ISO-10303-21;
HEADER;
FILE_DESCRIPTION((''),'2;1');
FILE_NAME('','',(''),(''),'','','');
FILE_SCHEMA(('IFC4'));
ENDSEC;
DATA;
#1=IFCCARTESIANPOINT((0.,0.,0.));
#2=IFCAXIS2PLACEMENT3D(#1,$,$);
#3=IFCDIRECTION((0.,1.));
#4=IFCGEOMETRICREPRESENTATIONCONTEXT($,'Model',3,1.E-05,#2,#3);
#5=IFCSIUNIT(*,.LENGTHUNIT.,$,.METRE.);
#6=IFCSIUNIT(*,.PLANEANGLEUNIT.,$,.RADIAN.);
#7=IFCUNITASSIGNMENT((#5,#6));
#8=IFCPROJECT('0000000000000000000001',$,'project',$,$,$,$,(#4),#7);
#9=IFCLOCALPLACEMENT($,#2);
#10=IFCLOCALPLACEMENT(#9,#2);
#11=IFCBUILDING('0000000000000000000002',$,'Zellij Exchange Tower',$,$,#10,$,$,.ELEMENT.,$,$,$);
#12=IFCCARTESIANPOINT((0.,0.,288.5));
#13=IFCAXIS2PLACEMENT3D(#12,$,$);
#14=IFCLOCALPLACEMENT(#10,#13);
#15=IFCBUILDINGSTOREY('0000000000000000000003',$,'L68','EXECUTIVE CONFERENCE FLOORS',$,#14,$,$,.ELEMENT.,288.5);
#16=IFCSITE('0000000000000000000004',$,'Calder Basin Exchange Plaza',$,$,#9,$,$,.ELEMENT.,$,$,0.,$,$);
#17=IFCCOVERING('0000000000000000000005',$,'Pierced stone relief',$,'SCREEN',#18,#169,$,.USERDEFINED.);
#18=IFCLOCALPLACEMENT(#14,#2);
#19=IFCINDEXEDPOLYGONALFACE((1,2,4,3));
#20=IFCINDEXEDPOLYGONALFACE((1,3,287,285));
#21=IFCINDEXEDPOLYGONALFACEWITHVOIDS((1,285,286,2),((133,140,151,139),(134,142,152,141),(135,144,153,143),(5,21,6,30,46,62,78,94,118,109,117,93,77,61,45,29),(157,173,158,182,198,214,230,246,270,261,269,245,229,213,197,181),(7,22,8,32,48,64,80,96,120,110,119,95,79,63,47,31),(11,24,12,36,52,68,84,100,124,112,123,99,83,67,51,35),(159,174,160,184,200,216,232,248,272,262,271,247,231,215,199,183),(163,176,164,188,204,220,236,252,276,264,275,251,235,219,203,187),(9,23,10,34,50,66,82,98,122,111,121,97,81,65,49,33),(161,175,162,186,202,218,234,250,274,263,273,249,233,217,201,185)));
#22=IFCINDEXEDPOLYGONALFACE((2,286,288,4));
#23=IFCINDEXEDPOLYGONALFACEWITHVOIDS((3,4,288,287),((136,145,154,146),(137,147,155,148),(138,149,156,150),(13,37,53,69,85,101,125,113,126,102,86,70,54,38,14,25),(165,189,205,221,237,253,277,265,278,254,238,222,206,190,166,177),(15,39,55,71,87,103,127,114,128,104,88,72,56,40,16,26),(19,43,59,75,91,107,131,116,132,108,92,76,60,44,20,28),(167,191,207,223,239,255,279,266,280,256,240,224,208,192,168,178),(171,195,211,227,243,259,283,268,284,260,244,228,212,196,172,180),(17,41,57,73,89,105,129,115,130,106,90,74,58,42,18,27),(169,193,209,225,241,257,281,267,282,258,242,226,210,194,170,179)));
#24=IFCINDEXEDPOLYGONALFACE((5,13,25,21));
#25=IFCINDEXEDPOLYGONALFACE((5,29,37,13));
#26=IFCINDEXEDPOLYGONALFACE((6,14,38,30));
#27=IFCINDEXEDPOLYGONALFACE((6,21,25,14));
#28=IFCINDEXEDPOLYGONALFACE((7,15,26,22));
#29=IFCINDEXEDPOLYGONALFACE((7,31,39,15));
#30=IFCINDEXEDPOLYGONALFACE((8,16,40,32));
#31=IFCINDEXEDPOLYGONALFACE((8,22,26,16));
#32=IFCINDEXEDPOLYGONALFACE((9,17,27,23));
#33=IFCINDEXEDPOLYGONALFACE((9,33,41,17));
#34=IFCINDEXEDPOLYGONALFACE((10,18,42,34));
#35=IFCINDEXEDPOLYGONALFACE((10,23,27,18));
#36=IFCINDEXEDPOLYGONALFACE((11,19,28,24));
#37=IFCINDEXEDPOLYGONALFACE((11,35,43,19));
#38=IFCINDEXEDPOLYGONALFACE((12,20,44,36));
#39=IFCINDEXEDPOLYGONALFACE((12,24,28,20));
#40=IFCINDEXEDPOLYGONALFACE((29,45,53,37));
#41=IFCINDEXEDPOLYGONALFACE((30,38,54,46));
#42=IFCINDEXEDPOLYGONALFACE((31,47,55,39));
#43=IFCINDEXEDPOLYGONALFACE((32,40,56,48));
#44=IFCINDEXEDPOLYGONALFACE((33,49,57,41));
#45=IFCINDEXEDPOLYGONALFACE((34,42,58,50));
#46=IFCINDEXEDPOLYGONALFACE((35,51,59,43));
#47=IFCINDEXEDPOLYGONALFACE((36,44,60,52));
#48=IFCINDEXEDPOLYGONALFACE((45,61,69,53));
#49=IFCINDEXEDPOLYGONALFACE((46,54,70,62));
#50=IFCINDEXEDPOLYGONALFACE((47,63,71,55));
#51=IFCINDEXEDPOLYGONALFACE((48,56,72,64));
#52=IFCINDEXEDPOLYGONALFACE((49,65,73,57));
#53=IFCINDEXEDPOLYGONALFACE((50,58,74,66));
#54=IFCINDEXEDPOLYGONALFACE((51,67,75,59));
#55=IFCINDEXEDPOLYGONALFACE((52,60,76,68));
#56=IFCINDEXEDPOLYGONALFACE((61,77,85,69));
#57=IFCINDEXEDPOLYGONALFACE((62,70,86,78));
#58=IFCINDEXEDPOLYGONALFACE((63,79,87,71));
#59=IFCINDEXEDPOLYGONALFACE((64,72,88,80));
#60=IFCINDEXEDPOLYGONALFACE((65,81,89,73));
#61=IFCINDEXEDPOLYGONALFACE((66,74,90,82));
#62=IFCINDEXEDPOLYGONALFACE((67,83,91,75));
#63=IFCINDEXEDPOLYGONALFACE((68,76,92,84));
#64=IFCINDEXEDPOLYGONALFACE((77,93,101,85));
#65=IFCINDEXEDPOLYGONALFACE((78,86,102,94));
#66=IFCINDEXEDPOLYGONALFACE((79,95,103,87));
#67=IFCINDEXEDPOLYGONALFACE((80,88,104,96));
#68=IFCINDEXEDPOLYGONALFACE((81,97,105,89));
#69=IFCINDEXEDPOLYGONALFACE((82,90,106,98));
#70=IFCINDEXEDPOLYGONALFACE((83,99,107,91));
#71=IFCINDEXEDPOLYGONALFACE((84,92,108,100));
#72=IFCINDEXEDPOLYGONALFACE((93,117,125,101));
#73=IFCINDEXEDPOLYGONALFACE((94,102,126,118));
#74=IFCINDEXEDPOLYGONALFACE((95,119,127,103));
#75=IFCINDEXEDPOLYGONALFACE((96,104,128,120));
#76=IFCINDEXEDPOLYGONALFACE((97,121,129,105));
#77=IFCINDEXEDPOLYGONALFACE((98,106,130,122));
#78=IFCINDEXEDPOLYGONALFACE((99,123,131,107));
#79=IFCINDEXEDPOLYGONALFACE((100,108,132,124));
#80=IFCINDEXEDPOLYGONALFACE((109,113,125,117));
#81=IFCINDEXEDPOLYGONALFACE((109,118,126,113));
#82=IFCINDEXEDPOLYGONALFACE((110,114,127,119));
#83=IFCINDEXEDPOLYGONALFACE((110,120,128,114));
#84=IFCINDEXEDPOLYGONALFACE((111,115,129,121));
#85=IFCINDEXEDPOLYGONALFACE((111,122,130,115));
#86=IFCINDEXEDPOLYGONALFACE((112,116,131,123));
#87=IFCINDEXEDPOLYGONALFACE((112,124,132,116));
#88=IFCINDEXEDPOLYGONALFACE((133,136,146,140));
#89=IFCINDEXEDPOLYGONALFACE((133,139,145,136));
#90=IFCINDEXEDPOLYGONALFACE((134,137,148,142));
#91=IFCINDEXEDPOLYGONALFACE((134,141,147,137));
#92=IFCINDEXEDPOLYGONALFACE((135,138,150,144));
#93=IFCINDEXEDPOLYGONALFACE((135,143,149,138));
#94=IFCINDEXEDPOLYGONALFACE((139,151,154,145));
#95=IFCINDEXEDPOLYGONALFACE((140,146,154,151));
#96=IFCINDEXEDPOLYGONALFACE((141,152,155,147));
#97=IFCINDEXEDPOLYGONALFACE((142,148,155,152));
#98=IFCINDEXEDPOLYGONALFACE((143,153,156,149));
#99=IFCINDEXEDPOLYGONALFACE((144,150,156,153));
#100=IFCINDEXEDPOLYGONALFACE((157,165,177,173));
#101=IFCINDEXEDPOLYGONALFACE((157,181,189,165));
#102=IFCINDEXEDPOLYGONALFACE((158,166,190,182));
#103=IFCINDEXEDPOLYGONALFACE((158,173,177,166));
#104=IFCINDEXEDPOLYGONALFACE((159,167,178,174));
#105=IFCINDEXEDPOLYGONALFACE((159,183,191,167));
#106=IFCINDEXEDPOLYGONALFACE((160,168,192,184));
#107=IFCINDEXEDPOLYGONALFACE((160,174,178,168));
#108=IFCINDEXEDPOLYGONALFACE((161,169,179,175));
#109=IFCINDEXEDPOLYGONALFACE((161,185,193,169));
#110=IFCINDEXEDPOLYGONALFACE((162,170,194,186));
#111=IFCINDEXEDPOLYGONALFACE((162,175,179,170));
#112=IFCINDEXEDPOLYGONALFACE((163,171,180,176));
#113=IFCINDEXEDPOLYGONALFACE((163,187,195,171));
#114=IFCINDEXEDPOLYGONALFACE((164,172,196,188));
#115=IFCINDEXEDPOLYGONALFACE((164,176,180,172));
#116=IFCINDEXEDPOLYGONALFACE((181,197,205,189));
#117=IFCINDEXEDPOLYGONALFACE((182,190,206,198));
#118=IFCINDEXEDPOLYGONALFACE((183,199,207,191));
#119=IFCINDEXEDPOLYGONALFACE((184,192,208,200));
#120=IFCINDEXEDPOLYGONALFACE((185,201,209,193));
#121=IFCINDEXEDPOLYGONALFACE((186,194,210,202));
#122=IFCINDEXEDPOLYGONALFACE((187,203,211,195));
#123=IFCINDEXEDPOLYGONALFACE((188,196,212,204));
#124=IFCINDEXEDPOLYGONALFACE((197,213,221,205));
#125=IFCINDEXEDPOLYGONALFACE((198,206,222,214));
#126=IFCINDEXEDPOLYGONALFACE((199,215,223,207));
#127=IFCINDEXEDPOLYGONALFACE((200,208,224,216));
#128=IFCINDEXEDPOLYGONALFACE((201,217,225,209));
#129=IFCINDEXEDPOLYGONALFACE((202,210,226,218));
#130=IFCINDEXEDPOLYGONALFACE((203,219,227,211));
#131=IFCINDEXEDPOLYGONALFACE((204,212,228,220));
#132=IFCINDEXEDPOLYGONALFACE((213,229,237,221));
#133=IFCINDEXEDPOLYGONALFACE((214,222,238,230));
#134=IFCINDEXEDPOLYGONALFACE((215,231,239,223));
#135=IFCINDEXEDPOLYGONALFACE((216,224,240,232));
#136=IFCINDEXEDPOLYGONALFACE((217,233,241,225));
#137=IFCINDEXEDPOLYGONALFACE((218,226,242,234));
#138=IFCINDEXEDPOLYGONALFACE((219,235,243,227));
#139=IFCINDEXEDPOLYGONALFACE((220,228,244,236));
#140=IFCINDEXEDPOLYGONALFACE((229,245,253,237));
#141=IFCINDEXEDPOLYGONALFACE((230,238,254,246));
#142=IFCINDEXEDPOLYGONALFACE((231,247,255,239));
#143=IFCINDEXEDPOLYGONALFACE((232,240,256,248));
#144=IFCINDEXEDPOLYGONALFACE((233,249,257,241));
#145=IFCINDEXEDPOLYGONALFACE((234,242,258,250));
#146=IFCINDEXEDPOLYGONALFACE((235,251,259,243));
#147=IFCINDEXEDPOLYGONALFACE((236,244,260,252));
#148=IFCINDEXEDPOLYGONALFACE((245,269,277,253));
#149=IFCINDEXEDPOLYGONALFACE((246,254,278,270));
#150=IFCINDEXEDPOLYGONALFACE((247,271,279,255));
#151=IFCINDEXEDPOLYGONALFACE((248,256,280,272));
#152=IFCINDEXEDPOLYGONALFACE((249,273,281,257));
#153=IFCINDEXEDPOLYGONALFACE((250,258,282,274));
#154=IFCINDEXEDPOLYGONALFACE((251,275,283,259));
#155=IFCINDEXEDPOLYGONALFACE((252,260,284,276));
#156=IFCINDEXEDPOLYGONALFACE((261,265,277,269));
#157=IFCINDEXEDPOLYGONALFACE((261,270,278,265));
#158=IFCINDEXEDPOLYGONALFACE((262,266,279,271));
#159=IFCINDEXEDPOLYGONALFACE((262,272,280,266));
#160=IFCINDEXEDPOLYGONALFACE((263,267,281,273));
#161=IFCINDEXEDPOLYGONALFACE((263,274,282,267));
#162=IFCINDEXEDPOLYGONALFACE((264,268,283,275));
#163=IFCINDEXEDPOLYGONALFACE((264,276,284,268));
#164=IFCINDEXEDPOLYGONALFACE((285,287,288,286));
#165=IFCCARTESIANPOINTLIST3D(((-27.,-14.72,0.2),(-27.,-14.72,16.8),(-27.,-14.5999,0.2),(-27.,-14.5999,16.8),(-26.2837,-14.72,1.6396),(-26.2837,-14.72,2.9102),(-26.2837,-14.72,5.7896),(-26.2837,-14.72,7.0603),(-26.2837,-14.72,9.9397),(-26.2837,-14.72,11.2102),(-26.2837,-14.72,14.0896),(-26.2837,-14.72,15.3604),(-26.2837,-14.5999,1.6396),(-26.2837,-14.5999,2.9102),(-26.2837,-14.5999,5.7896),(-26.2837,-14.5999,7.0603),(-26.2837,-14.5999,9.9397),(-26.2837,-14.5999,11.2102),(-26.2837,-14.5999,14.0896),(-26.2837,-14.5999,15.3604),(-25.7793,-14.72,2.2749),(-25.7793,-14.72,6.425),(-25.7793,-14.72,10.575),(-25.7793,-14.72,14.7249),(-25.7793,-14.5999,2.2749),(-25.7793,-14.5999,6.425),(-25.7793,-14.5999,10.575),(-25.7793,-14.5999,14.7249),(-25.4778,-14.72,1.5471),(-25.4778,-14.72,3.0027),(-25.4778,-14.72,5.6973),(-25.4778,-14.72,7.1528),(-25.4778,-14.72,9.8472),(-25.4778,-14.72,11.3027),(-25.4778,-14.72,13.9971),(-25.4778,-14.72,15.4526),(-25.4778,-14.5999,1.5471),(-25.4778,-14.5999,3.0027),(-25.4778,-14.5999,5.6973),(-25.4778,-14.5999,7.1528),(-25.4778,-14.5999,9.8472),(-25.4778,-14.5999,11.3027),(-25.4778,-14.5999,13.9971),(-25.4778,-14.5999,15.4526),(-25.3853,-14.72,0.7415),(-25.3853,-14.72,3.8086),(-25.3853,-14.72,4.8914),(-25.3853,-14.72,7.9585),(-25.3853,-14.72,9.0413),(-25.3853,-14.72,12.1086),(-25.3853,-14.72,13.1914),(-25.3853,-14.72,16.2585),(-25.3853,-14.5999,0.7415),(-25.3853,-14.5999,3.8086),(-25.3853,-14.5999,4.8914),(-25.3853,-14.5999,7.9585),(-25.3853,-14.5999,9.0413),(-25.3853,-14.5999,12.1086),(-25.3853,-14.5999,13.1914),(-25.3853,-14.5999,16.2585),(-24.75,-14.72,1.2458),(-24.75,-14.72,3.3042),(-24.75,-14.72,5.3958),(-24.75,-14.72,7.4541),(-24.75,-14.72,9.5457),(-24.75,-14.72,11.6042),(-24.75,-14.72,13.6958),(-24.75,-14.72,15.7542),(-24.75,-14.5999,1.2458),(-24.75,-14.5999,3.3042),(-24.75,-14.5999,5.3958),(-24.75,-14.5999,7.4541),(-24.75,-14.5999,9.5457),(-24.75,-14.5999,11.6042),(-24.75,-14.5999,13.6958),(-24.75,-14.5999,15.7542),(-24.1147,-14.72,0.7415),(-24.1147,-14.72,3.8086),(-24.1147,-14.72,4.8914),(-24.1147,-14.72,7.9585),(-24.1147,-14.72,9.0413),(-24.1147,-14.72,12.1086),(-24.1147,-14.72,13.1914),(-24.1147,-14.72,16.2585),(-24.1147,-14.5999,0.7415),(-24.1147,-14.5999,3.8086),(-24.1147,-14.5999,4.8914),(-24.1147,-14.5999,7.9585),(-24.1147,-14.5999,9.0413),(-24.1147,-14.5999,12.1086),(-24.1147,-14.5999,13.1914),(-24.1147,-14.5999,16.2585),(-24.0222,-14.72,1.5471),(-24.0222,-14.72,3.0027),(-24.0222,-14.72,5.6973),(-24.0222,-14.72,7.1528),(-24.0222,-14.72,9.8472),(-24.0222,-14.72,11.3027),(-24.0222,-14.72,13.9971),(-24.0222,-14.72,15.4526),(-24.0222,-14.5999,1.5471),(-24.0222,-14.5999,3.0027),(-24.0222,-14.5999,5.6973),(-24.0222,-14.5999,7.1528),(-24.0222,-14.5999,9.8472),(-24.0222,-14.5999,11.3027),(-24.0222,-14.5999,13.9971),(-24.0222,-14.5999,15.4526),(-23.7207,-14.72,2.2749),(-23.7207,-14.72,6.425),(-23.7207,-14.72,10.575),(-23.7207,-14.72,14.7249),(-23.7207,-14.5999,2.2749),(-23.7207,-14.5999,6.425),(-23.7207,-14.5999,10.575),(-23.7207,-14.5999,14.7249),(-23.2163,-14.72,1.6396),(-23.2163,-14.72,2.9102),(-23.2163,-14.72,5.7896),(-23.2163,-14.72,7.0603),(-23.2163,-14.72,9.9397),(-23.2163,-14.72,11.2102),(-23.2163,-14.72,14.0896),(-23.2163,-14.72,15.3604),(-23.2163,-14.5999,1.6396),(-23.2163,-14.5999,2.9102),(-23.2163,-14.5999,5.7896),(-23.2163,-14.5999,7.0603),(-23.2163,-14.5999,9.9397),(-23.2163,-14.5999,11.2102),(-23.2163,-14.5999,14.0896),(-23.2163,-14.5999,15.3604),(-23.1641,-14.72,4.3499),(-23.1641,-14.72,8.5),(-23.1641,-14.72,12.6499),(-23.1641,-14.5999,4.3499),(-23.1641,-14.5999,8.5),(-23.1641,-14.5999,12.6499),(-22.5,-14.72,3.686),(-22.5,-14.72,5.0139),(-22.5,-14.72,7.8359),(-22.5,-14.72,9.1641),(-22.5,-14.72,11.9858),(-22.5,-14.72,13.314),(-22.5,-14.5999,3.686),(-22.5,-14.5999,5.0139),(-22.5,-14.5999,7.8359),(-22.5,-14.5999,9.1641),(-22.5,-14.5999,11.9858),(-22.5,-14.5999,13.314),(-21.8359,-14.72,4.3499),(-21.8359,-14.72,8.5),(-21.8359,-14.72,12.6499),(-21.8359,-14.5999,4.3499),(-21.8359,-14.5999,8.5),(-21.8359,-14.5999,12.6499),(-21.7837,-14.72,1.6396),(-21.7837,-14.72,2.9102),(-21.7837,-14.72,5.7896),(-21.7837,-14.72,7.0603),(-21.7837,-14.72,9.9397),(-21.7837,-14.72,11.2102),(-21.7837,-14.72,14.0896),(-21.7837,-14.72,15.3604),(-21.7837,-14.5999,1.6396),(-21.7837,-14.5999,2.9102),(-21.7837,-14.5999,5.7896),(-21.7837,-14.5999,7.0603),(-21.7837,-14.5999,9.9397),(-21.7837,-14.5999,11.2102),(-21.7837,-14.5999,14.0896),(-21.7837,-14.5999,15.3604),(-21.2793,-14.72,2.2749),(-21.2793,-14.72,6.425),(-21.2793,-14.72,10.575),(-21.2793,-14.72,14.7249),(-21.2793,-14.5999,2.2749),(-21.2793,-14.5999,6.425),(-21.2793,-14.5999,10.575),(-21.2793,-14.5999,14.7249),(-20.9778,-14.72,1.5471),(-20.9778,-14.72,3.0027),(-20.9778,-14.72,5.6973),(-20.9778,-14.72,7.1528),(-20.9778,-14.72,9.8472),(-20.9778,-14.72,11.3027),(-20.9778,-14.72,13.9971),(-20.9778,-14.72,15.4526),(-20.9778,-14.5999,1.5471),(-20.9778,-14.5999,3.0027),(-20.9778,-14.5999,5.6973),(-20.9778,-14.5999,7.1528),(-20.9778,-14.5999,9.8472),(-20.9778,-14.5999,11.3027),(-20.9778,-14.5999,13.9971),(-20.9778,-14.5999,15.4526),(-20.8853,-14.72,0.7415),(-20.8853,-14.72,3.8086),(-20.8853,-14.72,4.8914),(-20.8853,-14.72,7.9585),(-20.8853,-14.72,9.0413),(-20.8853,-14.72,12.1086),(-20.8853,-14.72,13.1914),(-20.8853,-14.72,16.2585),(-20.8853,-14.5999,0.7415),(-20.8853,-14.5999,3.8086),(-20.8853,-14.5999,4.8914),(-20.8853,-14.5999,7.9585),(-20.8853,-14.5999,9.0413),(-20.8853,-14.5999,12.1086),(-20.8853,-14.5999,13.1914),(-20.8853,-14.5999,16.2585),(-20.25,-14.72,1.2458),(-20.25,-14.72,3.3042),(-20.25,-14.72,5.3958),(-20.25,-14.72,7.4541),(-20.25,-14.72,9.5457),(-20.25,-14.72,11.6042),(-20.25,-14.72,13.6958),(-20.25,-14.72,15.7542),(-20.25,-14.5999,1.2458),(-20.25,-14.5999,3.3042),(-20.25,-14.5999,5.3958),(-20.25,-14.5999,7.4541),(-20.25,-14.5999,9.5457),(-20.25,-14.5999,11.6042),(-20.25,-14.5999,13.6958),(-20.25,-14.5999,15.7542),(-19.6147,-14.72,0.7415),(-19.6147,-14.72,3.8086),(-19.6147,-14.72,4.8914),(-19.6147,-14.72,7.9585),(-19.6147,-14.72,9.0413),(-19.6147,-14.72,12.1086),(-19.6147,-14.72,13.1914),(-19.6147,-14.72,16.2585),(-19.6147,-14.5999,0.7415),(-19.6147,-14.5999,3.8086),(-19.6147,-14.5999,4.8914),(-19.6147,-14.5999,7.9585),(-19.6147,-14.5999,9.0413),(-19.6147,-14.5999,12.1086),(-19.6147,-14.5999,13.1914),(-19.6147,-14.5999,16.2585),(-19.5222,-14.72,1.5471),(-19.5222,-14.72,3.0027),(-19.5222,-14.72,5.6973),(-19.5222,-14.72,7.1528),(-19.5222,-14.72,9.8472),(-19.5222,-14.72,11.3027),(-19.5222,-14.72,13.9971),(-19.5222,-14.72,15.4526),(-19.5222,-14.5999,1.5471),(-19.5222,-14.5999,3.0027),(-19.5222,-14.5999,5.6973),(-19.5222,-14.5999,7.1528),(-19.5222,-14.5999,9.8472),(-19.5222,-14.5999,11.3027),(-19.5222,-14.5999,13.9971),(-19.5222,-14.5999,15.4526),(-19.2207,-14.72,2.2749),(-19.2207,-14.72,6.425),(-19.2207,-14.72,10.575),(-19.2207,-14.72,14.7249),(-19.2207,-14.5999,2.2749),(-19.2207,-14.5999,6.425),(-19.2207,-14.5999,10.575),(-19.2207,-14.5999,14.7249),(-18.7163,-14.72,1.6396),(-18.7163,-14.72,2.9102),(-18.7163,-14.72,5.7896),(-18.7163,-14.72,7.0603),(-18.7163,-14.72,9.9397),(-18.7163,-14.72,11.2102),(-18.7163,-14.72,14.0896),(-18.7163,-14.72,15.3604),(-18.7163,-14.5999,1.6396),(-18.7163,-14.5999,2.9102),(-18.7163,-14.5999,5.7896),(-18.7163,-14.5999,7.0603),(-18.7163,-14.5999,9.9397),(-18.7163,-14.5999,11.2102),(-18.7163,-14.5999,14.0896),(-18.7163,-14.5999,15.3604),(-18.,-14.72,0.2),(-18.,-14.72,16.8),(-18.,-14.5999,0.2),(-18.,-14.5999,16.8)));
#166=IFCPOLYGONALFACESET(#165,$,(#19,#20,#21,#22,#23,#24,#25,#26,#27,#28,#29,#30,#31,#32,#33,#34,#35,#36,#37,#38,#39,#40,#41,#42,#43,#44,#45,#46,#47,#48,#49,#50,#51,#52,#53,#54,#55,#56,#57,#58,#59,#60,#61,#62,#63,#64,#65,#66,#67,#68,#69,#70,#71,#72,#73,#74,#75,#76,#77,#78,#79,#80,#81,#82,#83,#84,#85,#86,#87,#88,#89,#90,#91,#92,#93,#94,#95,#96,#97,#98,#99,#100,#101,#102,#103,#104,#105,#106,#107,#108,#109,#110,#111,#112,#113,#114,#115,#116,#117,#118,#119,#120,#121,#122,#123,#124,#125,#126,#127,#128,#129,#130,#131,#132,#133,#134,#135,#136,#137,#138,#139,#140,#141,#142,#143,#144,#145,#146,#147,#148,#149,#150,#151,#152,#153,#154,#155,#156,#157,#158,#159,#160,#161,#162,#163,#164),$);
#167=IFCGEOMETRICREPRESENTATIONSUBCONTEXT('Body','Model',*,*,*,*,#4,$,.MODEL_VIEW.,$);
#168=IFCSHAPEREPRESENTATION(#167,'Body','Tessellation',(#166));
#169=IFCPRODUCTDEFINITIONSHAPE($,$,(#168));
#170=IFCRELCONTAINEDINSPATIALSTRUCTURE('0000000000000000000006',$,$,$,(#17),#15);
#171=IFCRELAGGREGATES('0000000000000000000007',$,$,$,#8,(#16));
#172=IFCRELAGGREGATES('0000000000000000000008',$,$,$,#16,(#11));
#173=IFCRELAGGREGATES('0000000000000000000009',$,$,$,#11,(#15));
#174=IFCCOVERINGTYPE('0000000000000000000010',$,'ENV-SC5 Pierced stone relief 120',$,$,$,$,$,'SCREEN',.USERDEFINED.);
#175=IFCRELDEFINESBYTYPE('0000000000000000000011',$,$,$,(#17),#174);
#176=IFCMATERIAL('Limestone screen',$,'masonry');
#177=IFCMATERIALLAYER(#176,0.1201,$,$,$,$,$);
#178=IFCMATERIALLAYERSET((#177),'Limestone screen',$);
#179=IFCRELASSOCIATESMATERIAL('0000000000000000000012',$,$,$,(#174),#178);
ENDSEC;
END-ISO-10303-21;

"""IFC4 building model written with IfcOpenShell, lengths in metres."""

from ifc_helpers import new_model, si_unit, direction, frame, origin, place, context, subcontext, project, spatial, polyline, outline, extrude, material, layer, layer_set, type_object, element, save


model = new_model("IFC4")

# Units and contexts
model_context = context("Model", 3, precision=1e-05, world=origin(), true_north=direction((0.0, 1.0)))
body_context = subcontext(model_context, "Body", "Model", "MODEL_VIEW")
ifc_project = project(units=[si_unit("LENGTHUNIT", "METRE"), si_unit("PLANEANGLEUNIT", "RADIAN")], contexts=[model_context])

# Site, building, storey
site_placement = place(None, origin())
site = spatial("IfcSite", under=ifc_project, at=site_placement, Name="Calder Basin Exchange Plaza", CompositionType="ELEMENT", RefElevation=0.0)
building_placement = place(site_placement, origin())
building = spatial("IfcBuilding", under=site, at=building_placement, Name="Zellij Exchange Tower", CompositionType="ELEMENT")
storey_placement = place(building_placement, frame((0.0, 0.0, 288.5)))
storey = spatial("IfcBuildingStorey", under=building, at=storey_placement, Name="L68", Description="EXECUTIVE CONFERENCE FLOORS", CompositionType="ELEMENT", Elevation=288.5)

# Covering
ifc_material_1 = material(Name="Limestone screen", Category="masonry")
ifc_layer_1 = layer(ifc_material_1, 0.1201)
ifc_layer_set_1 = layer_set([ifc_layer_1], Name="Limestone screen")
covering_type = type_object("IfcCoveringType", Name="ENV-SC5 Pierced stone relief 120", ElementType="SCREEN", PredefinedType="USERDEFINED", material=ifc_layer_set_1)
covering_1_placement = place(storey_placement, frame((-27.0, -14.6599, 0.2), z_axis=(0.0, 0.0, 1.0), x_axis=(1.0, 0.0, 0.0)))
element("IfcCovering", 1, at=covering_1_placement, inside=storey, type_object=covering_type, Name="Pierced stone relief", ObjectType="SCREEN", PredefinedType="USERDEFINED", context=body_context, shape_type="SweptSolid", body=[
    extrude(outline(polyline([(0.0, 0.0), (9.0, 0.0), (9.0, 16.6001), (0.0, 16.6001), (0.0, 0.0)]), holes=[polyline([(3.7837, 2.7102), (2.9778, 2.8027), (2.8853, 3.6086), (2.25, 3.1042), (1.6147, 3.6086), (1.5222, 2.8027), (0.7163, 2.7102), (1.2207, 2.075), (0.7163, 1.4397), (1.5222, 1.3472), (1.6147, 0.5415), (2.25, 1.0459), (2.8853, 0.5415), (2.9778, 1.3472), (3.7837, 1.4397), (3.2793, 2.075), (3.7837, 2.7102)]), polyline([(3.7837, 6.8604), (2.9778, 6.9529), (2.8853, 7.7585), (2.25, 7.2542), (1.6147, 7.7585), (1.5222, 6.9529), (0.7163, 6.8604), (1.2207, 6.2251), (0.7163, 5.5896), (1.5222, 5.4973), (1.6147, 4.6914), (2.25, 5.1958), (2.8853, 4.6914), (2.9778, 5.4973), (3.7837, 5.5896), (3.2793, 6.2251), (3.7837, 6.8604)]), polyline([(3.7837, 11.0103), (2.9778, 11.1028), (2.8853, 11.9087), (2.25, 11.4043), (1.6147, 11.9087), (1.5222, 11.1028), (0.7163, 11.0103), (1.2207, 10.375), (0.7163, 9.7397), (1.5222, 9.6472), (1.6147, 8.8413), (2.25, 9.3457), (2.8853, 8.8413), (2.9778, 9.6472), (3.7837, 9.7397), (3.2793, 10.375), (3.7837, 11.0103)]), polyline([(3.7837, 15.1604), (2.9778, 15.2527), (2.8853, 16.0586), (2.25, 15.5542), (1.6147, 16.0586), (1.5222, 15.2527), (0.7163, 15.1604), (1.2207, 14.5249), (0.7163, 13.8896), (1.5222, 13.7971), (1.6147, 12.9915), (2.25, 13.4958), (2.8853, 12.9915), (2.9778, 13.7971), (3.7837, 13.8896), (3.2793, 14.5249), (3.7837, 15.1604)]), polyline([(8.2837, 2.7102), (7.4778, 2.8027), (7.3853, 3.6086), (6.75, 3.1042), (6.1147, 3.6086), (6.0222, 2.8027), (5.2163, 2.7102), (5.7207, 2.075), (5.2163, 1.4397), (6.0222, 1.3472), (6.1147, 0.5415), (6.75, 1.0459), (7.3853, 0.5415), (7.4778, 1.3472), (8.2837, 1.4397), (7.7793, 2.075), (8.2837, 2.7102)]), polyline([(8.2837, 6.8604), (7.4778, 6.9529), (7.3853, 7.7585), (6.75, 7.2542), (6.1147, 7.7585), (6.0222, 6.9529), (5.2163, 6.8604), (5.7207, 6.2251), (5.2163, 5.5896), (6.0222, 5.4973), (6.1147, 4.6914), (6.75, 5.1958), (7.3853, 4.6914), (7.4778, 5.4973), (8.2837, 5.5896), (7.7793, 6.2251), (8.2837, 6.8604)]), polyline([(8.2837, 11.0103), (7.4778, 11.1028), (7.3853, 11.9087), (6.75, 11.4043), (6.1147, 11.9087), (6.0222, 11.1028), (5.2163, 11.0103), (5.7207, 10.375), (5.2163, 9.7397), (6.0222, 9.6472), (6.1147, 8.8413), (6.75, 9.3457), (7.3853, 8.8413), (7.4778, 9.6472), (8.2837, 9.7397), (7.7793, 10.375), (8.2837, 11.0103)]), polyline([(8.2837, 15.1604), (7.4778, 15.2527), (7.3853, 16.0586), (6.75, 15.5542), (6.1147, 16.0586), (6.0222, 15.2527), (5.2163, 15.1604), (5.7207, 14.5249), (5.2163, 13.8896), (6.0222, 13.7971), (6.1147, 12.9915), (6.75, 13.4958), (7.3853, 12.9915), (7.4778, 13.7971), (8.2837, 13.8896), (7.7793, 14.5249), (8.2837, 15.1604)]), polyline([(5.1641, 4.1499), (4.5, 4.814), (3.8359, 4.1499), (4.5, 3.4861), (5.1641, 4.1499)]), polyline([(5.1641, 8.3), (4.5, 8.9641), (3.8359, 8.3), (4.5, 7.636), (5.1641, 8.3)]), polyline([(5.1641, 12.45), (4.5, 13.114), (3.8359, 12.45), (4.5, 11.7859), (5.1641, 12.45)])]), frame((0.0, 0.0601, 0.0), z_axis=(0.0, -1.0, 0.0), x_axis=(1.0, 0.0, 0.0)), (0.0, 0.0, 1.0), 0.1201),
])

save(model, "model.ifc")
